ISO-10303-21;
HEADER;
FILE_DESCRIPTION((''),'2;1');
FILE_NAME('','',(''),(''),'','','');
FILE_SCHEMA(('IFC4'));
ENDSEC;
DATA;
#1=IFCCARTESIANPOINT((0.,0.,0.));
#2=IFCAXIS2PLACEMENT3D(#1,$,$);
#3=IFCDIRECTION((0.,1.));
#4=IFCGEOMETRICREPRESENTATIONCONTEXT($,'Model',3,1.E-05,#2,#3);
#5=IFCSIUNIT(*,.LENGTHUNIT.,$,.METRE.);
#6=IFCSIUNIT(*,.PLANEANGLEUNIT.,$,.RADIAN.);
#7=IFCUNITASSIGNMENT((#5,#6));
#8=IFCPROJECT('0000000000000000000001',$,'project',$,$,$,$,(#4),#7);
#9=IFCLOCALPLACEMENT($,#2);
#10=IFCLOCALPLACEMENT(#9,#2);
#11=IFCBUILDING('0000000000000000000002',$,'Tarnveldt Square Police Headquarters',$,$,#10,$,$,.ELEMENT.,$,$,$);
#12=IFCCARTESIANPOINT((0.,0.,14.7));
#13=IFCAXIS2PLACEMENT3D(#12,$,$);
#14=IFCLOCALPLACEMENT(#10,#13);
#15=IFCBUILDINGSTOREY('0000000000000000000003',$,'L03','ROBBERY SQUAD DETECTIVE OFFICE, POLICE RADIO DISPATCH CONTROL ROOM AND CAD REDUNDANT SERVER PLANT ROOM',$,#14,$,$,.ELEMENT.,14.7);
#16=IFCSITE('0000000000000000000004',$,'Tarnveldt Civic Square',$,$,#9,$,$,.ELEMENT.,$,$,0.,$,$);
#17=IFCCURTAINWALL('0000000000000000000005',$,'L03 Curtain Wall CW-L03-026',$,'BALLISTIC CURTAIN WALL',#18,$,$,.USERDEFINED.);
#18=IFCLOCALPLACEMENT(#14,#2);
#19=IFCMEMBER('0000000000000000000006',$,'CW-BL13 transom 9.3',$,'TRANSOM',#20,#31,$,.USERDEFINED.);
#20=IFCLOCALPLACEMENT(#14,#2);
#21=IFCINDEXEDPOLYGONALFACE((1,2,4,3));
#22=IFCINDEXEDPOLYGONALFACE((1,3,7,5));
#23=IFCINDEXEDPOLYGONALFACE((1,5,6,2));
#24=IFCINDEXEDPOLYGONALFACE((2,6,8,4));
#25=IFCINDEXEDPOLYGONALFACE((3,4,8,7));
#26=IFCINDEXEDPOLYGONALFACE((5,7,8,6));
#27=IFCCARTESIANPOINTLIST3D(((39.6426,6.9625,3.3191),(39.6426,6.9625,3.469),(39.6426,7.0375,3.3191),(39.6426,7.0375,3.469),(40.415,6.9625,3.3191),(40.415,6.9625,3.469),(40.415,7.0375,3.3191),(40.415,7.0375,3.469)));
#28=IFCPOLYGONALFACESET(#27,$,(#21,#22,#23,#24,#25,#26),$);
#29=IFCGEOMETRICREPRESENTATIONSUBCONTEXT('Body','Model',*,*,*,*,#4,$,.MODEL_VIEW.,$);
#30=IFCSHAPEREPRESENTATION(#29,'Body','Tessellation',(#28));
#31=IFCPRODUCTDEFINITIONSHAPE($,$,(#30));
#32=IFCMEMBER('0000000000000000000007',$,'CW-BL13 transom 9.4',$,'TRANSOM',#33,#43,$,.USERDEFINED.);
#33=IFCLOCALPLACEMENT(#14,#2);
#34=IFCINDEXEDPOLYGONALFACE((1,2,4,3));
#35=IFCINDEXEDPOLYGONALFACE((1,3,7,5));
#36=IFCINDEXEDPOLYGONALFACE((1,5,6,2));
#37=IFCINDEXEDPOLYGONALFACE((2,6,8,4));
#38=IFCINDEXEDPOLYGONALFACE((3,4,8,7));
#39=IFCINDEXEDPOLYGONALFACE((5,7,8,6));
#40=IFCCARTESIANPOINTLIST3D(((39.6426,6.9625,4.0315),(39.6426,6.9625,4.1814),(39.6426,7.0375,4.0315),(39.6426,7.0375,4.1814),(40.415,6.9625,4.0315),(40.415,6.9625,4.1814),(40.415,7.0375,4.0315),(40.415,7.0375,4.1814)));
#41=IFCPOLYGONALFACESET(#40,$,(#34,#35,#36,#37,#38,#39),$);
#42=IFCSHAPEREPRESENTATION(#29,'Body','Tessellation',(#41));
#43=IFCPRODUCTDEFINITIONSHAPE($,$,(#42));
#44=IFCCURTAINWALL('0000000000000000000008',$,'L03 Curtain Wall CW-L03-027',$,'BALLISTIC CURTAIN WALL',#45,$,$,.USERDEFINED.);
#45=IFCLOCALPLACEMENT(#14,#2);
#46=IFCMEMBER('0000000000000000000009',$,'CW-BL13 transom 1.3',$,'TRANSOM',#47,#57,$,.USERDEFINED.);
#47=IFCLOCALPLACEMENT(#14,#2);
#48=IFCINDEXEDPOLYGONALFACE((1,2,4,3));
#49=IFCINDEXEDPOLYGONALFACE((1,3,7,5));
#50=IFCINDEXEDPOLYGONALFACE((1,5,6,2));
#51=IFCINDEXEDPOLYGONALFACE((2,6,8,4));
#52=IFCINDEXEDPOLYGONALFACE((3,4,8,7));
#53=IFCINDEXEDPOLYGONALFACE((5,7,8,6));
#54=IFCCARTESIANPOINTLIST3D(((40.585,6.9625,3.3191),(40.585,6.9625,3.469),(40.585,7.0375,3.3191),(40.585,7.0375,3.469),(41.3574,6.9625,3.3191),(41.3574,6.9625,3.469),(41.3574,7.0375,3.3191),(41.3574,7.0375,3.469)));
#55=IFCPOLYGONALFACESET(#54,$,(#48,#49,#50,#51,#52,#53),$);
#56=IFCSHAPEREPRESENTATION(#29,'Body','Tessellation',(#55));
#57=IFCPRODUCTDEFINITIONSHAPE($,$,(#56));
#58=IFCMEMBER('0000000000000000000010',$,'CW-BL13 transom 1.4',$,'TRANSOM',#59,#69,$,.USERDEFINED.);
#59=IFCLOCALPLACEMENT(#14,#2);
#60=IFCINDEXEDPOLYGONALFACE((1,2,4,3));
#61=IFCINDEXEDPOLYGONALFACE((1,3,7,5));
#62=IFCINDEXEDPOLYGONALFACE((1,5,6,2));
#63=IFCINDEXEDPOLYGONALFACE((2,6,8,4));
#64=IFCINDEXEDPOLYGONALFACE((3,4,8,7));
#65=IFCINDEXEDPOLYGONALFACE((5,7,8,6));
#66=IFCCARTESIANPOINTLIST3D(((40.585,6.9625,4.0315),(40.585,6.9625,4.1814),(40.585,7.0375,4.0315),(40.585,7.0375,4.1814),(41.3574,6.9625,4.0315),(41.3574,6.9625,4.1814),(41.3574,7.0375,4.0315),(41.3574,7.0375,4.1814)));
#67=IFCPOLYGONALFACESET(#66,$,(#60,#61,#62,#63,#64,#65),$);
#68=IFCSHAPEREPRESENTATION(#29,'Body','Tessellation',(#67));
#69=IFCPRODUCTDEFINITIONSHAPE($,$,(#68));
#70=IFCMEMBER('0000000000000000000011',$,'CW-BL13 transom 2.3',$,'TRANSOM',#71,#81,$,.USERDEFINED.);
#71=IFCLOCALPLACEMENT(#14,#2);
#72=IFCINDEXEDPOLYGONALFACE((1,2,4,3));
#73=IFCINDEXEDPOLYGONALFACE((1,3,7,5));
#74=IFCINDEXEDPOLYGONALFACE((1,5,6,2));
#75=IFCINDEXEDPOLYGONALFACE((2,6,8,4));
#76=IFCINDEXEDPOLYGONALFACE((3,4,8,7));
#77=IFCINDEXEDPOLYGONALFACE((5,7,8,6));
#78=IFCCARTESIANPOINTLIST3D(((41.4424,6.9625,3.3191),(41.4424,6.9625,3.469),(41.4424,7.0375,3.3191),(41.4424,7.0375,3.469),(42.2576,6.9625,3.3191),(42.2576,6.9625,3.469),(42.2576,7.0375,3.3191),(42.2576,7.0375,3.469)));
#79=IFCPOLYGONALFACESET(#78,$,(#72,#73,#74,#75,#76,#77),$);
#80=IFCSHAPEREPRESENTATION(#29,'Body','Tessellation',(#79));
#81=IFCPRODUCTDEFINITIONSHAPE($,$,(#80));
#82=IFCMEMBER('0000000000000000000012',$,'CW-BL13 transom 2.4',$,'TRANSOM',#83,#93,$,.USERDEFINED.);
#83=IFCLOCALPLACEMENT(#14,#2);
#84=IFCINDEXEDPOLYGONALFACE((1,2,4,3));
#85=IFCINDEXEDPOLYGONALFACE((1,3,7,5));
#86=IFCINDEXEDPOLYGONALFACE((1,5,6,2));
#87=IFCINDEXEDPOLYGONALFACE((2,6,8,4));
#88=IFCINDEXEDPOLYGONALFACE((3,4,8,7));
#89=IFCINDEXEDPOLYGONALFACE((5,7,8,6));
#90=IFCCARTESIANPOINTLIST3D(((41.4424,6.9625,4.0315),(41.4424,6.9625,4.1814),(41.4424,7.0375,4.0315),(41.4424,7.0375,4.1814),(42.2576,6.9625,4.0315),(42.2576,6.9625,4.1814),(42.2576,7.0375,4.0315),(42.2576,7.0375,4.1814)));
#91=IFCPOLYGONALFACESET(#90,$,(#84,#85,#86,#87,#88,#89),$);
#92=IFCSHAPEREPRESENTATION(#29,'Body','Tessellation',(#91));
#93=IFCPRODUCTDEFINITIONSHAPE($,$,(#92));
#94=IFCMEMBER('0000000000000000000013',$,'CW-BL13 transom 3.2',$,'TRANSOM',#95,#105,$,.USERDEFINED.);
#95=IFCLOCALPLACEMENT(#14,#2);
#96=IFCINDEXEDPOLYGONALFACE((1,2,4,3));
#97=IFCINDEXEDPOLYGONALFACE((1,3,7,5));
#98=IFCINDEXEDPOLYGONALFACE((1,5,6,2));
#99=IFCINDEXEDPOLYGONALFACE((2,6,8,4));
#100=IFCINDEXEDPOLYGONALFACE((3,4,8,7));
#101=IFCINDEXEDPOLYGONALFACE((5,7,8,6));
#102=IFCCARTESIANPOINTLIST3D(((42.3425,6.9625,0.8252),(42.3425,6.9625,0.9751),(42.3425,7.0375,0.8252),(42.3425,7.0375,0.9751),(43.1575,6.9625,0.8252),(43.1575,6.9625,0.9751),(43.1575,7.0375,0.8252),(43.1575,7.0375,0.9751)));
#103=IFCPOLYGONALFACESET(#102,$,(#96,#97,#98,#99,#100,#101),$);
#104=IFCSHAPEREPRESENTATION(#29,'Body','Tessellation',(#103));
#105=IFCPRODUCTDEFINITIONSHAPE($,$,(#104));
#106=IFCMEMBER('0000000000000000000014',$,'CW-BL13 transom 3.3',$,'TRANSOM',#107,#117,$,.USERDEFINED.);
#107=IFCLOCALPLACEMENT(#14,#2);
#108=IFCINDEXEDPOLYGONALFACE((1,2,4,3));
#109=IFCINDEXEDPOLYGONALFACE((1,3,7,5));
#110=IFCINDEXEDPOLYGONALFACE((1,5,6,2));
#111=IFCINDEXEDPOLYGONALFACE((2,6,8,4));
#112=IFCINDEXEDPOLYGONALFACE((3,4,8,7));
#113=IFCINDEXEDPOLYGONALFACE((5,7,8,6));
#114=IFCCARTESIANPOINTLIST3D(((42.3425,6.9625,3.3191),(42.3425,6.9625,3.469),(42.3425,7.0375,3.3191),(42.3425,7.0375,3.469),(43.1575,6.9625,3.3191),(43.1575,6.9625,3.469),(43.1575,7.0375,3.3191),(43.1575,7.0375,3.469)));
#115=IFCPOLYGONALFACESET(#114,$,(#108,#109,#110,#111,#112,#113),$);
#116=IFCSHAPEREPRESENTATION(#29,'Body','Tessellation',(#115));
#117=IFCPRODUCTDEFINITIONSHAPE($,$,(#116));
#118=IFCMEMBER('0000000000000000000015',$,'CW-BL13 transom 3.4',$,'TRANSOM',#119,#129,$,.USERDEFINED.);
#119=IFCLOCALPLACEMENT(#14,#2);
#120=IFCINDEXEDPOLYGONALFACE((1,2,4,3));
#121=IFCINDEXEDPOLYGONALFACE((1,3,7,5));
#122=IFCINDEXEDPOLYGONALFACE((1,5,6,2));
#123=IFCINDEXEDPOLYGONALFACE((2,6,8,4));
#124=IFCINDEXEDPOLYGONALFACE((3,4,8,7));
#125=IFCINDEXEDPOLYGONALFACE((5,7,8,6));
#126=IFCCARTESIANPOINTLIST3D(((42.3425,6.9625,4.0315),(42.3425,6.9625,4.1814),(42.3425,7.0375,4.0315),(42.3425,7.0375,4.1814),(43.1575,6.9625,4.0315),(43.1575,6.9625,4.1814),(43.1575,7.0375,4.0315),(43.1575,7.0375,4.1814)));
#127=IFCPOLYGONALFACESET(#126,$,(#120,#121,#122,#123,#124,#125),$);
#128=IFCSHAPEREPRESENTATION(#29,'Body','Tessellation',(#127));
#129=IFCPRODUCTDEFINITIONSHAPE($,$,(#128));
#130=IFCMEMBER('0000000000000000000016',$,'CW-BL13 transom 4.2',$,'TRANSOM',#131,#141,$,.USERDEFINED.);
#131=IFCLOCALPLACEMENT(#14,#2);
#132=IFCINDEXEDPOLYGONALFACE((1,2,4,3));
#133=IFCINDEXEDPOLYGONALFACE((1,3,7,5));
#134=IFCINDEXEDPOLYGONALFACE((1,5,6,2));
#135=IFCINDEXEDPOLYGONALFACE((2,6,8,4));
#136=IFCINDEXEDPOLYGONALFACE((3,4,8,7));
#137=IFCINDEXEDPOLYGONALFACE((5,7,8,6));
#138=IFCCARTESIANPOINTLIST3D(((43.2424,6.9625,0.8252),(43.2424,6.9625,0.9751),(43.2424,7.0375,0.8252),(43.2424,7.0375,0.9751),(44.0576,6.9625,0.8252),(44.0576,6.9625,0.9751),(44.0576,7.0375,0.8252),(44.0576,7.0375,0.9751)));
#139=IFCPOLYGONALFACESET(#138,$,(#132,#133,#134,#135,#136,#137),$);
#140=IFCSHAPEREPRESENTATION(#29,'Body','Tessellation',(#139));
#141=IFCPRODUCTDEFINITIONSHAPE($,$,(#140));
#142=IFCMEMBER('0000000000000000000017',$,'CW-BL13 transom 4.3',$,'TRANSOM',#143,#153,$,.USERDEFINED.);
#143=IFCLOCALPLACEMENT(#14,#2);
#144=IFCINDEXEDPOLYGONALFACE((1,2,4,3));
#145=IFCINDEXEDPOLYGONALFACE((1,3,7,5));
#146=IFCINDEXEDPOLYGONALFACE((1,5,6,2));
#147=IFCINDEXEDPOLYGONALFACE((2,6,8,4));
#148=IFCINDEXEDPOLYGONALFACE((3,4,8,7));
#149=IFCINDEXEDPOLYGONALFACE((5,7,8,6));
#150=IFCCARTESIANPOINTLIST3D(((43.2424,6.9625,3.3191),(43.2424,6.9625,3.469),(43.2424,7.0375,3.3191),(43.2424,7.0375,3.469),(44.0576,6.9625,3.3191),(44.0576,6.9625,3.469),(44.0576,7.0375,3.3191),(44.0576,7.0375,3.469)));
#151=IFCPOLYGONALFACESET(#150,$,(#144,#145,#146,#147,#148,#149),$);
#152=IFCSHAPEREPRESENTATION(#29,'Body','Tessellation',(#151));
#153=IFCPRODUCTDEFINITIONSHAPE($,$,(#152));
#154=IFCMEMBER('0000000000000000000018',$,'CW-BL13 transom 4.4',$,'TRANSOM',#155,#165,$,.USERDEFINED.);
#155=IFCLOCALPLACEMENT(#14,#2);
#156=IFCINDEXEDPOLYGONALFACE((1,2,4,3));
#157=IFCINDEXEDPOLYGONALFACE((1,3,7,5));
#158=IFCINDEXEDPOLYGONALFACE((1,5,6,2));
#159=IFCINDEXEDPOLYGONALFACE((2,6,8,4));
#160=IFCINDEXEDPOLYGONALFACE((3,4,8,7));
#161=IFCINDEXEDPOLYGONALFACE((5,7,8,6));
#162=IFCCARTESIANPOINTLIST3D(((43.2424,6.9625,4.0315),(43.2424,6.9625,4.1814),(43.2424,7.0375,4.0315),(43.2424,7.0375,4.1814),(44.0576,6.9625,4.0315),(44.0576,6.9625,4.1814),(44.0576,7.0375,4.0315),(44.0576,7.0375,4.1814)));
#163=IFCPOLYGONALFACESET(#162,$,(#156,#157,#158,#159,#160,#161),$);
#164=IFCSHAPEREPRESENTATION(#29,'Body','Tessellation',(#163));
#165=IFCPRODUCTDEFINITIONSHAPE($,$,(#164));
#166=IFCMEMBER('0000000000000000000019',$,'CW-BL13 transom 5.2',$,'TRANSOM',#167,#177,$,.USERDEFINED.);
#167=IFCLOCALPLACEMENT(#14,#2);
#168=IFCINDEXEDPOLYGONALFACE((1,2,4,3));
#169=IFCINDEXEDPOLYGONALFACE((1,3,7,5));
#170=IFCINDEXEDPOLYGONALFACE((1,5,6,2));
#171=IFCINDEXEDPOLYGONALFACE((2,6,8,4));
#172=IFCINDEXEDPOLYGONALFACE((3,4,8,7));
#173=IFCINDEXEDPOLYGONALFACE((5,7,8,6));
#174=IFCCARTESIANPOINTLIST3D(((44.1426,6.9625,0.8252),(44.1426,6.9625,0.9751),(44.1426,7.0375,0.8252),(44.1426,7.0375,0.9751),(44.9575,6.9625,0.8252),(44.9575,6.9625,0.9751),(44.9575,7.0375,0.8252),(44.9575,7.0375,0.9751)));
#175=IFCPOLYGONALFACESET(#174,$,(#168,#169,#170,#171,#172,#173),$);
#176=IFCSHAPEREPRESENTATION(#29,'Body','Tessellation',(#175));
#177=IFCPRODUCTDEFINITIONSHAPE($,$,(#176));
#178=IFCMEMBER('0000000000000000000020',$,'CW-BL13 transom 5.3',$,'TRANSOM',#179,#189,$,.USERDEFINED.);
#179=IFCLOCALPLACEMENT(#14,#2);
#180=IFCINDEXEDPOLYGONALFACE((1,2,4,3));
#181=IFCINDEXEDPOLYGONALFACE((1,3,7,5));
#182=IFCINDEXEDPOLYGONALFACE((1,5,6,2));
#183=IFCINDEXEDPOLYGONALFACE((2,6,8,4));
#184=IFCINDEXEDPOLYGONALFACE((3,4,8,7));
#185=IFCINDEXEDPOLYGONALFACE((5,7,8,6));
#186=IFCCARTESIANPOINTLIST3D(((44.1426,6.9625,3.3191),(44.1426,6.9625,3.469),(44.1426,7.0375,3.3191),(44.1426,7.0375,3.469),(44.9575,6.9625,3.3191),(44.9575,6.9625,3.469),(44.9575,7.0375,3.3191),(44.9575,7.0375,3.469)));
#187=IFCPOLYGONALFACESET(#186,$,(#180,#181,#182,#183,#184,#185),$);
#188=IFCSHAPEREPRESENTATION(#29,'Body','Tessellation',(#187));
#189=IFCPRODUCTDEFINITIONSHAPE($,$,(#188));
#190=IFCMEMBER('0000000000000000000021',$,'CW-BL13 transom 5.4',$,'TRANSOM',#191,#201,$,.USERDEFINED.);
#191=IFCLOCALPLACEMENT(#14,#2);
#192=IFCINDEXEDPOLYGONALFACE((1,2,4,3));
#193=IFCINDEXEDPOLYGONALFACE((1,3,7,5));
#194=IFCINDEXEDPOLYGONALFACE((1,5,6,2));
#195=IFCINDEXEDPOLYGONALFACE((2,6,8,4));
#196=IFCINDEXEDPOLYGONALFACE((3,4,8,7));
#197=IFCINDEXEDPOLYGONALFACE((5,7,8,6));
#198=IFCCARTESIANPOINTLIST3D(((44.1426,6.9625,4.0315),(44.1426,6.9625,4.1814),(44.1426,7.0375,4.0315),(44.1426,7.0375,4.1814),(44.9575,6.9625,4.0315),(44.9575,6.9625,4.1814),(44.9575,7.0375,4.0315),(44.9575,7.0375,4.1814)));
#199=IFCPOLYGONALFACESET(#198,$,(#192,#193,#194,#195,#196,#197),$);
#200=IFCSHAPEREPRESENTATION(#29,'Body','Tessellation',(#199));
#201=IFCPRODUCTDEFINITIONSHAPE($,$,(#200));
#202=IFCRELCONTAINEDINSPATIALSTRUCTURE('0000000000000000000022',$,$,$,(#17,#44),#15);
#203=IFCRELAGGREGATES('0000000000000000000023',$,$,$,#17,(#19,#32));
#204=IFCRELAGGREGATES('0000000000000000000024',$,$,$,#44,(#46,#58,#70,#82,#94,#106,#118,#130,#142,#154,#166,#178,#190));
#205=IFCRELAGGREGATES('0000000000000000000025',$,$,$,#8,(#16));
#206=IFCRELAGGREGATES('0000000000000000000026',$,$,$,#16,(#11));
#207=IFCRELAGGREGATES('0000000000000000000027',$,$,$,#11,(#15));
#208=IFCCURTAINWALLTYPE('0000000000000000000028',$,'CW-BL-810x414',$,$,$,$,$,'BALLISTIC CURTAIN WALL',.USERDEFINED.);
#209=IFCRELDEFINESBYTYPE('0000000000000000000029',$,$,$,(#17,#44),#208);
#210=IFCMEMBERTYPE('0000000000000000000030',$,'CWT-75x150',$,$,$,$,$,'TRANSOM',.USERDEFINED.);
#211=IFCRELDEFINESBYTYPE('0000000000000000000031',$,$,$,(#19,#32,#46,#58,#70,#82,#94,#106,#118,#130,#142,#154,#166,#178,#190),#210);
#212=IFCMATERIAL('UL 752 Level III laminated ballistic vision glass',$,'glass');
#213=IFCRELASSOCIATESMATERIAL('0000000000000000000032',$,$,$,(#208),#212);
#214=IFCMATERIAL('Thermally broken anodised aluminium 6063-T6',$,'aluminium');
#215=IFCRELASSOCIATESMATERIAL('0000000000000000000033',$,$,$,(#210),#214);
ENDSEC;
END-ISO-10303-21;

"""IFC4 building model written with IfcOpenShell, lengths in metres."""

from ifc_helpers import new_model, si_unit, direction, frame, origin, origin_2d, place, context, subcontext, project, spatial, rectangle, extrude, material, material_profile, profile_set, type_object, element, aggregate, save


model = new_model("IFC4")

# Units and contexts
model_context = context("Model", 3, precision=1e-05, world=origin(), true_north=direction((0.0, 1.0)))
body_context = subcontext(model_context, "Body", "Model", "MODEL_VIEW")
ifc_project = project(units=[si_unit("LENGTHUNIT", "METRE"), si_unit("PLANEANGLEUNIT", "RADIAN")], contexts=[model_context])

# Site, building, storey
site_placement = place(None, origin())
site = spatial("IfcSite", under=ifc_project, at=site_placement, Name="Tarnveldt Civic Square", CompositionType="ELEMENT", RefElevation=0.0)
building_placement = place(site_placement, origin())
building = spatial("IfcBuilding", under=site, at=building_placement, Name="Tarnveldt Square Police Headquarters", CompositionType="ELEMENT")
storey_placement = place(building_placement, frame((0.0, 0.0, 14.7)))
storey = spatial("IfcBuildingStorey", under=building, at=storey_placement, Name="L03", Description="ROBBERY SQUAD DETECTIVE OFFICE, POLICE RADIO DISPATCH CONTROL ROOM AND CAD REDUNDANT SERVER PLANT ROOM", CompositionType="ELEMENT", Elevation=14.7)

# Curtain walls, members
ifc_material_1 = material(Name="UL 752 Level III laminated ballistic vision glass", Category="glass")
curtain_wall_type = type_object("IfcCurtainWallType", Name="CW-BL-810x414", ElementType="BALLISTIC CURTAIN WALL", PredefinedType="USERDEFINED", material=ifc_material_1)
curtain_wall_1_placement = place(storey_placement, origin())
curtain_wall_1 = element("IfcCurtainWall", 1, at=curtain_wall_1_placement, inside=storey, type_object=curtain_wall_type, Name="L03 Curtain Wall CW-L03-026", ObjectType="BALLISTIC CURTAIN WALL", PredefinedType="USERDEFINED")
ifc_material_2 = material(Name="Thermally broken anodised aluminium 6063-T6", Category="aluminium")
ifc_material_profile_1 = material_profile(ifc_material_2, rectangle(XDim=0.075, YDim=0.1499, at=origin_2d()), Name="CW-T75x150")
ifc_profile_set_1 = profile_set([ifc_material_profile_1], Name="Thermally broken anodised aluminium 6063-T6")
member_type_1 = type_object("IfcMemberType", Name="CWT-75x150", ElementType="TRANSOM", PredefinedType="USERDEFINED", material=ifc_profile_set_1)
member_1_placement = place(storey_placement, frame((39.6426, 7.0, 3.394), z_axis=(1.0, 0.0, 0.0), x_axis=(0.0, 1.0, 0.0)))
member_1 = element("IfcMember", 2, at=member_1_placement, type_object=member_type_1, Name="CW-BL13 transom 9.3", ObjectType="TRANSOM", PredefinedType="USERDEFINED", context=body_context, shape_type="SweptSolid", body=[
    extrude(rectangle(XDim=0.075, YDim=0.1499, at=origin_2d()), origin(), (0.0, 0.0, 1.0), 0.7725),
])
member_2_placement = place(storey_placement, frame((39.6426, 7.0, 4.1064), z_axis=(1.0, 0.0, 0.0), x_axis=(0.0, 1.0, 0.0)))
member_2 = element("IfcMember", 3, at=member_2_placement, type_object=member_type_1, Name="CW-BL13 transom 9.4", ObjectType="TRANSOM", PredefinedType="USERDEFINED", context=body_context, shape_type="SweptSolid", body=[
    extrude(rectangle(XDim=0.075, YDim=0.1499, at=origin_2d()), origin(), (0.0, 0.0, 1.0), 0.7725),
])
curtain_wall_2_placement = place(storey_placement, origin())
curtain_wall_2 = element("IfcCurtainWall", 4, at=curtain_wall_2_placement, inside=storey, type_object=curtain_wall_type, Name="L03 Curtain Wall CW-L03-027", ObjectType="BALLISTIC CURTAIN WALL", PredefinedType="USERDEFINED")
member_3_placement = place(storey_placement, frame((40.585, 7.0, 3.394), z_axis=(1.0, 0.0, 0.0), x_axis=(0.0, 1.0, 0.0)))
member_3 = element("IfcMember", 5, at=member_3_placement, type_object=member_type_1, Name="CW-BL13 transom 1.3", ObjectType="TRANSOM", PredefinedType="USERDEFINED", context=body_context, shape_type="SweptSolid", body=[
    extrude(rectangle(XDim=0.075, YDim=0.1499, at=origin_2d()), origin(), (0.0, 0.0, 1.0), 0.7725),
])
member_4_placement = place(storey_placement, frame((40.585, 7.0, 4.1064), z_axis=(1.0, 0.0, 0.0), x_axis=(0.0, 1.0, 0.0)))
member_4 = element("IfcMember", 6, at=member_4_placement, type_object=member_type_1, Name="CW-BL13 transom 1.4", ObjectType="TRANSOM", PredefinedType="USERDEFINED", context=body_context, shape_type="SweptSolid", body=[
    extrude(rectangle(XDim=0.075, YDim=0.1499, at=origin_2d()), origin(), (0.0, 0.0, 1.0), 0.7725),
])
member_5_placement = place(storey_placement, frame((41.4424, 7.0, 3.394), z_axis=(1.0, 0.0, 0.0), x_axis=(0.0, 1.0, 0.0)))
member_5 = element("IfcMember", 7, at=member_5_placement, type_object=member_type_1, Name="CW-BL13 transom 2.3", ObjectType="TRANSOM", PredefinedType="USERDEFINED", context=body_context, shape_type="SweptSolid", body=[
    extrude(rectangle(XDim=0.075, YDim=0.1499, at=origin_2d()), origin(), (0.0, 0.0, 1.0), 0.8152),
])
member_6_placement = place(storey_placement, frame((41.4424, 7.0, 4.1064), z_axis=(1.0, 0.0, 0.0), x_axis=(0.0, 1.0, 0.0)))
member_6 = element("IfcMember", 8, at=member_6_placement, type_object=member_type_1, Name="CW-BL13 transom 2.4", ObjectType="TRANSOM", PredefinedType="USERDEFINED", context=body_context, shape_type="SweptSolid", body=[
    extrude(rectangle(XDim=0.075, YDim=0.1499, at=origin_2d()), origin(), (0.0, 0.0, 1.0), 0.8152),
])
member_7_placement = place(storey_placement, frame((42.3425, 7.0, 0.9001), z_axis=(1.0, 0.0, 0.0), x_axis=(0.0, 1.0, 0.0)))
member_7 = element("IfcMember", 9, at=member_7_placement, type_object=member_type_1, Name="CW-BL13 transom 3.2", ObjectType="TRANSOM", PredefinedType="USERDEFINED", context=body_context, shape_type="SweptSolid", body=[
    extrude(rectangle(XDim=0.075, YDim=0.1499, at=origin_2d()), origin(), (0.0, 0.0, 1.0), 0.8149),
])
member_8_placement = place(storey_placement, frame((42.3425, 7.0, 3.394), z_axis=(1.0, 0.0, 0.0), x_axis=(0.0, 1.0, 0.0)))
member_8 = element("IfcMember", 10, at=member_8_placement, type_object=member_type_1, Name="CW-BL13 transom 3.3", ObjectType="TRANSOM", PredefinedType="USERDEFINED", context=body_context, shape_type="SweptSolid", body=[
    extrude(rectangle(XDim=0.075, YDim=0.1499, at=origin_2d()), origin(), (0.0, 0.0, 1.0), 0.8149),
])
member_9_placement = place(storey_placement, frame((42.3425, 7.0, 4.1064), z_axis=(1.0, 0.0, 0.0), x_axis=(0.0, 1.0, 0.0)))
member_9 = element("IfcMember", 11, at=member_9_placement, type_object=member_type_1, Name="CW-BL13 transom 3.4", ObjectType="TRANSOM", PredefinedType="USERDEFINED", context=body_context, shape_type="SweptSolid", body=[
    extrude(rectangle(XDim=0.075, YDim=0.1499, at=origin_2d()), origin(), (0.0, 0.0, 1.0), 0.8149),
])
member_10_placement = place(storey_placement, frame((43.2424, 7.0, 0.9001), z_axis=(1.0, 0.0, 0.0), x_axis=(0.0, 1.0, 0.0)))
member_10 = element("IfcMember", 12, at=member_10_placement, type_object=member_type_1, Name="CW-BL13 transom 4.2", ObjectType="TRANSOM", PredefinedType="USERDEFINED", context=body_context, shape_type="SweptSolid", body=[
    extrude(rectangle(XDim=0.075, YDim=0.1499, at=origin_2d()), origin(), (0.0, 0.0, 1.0), 0.8152),
])
member_11_placement = place(storey_placement, frame((43.2424, 7.0, 3.394), z_axis=(1.0, 0.0, 0.0), x_axis=(0.0, 1.0, 0.0)))
member_11 = element("IfcMember", 13, at=member_11_placement, type_object=member_type_1, Name="CW-BL13 transom 4.3", ObjectType="TRANSOM", PredefinedType="USERDEFINED", context=body_context, shape_type="SweptSolid", body=[
    extrude(rectangle(XDim=0.075, YDim=0.1499, at=origin_2d()), origin(), (0.0, 0.0, 1.0), 0.8152),
])
member_12_placement = place(storey_placement, frame((43.2424, 7.0, 4.1064), z_axis=(1.0, 0.0, 0.0), x_axis=(0.0, 1.0, 0.0)))
member_12 = element("IfcMember", 14, at=member_12_placement, type_object=member_type_1, Name="CW-BL13 transom 4.4", ObjectType="TRANSOM", PredefinedType="USERDEFINED", context=body_context, shape_type="SweptSolid", body=[
    extrude(rectangle(XDim=0.075, YDim=0.1499, at=origin_2d()), origin(), (0.0, 0.0, 1.0), 0.8152),
])
member_13_placement = place(storey_placement, frame((44.1426, 7.0, 0.9001), z_axis=(1.0, 0.0, 0.0), x_axis=(0.0, 1.0, 0.0)))
member_13 = element("IfcMember", 15, at=member_13_placement, type_object=member_type_1, Name="CW-BL13 transom 5.2", ObjectType="TRANSOM", PredefinedType="USERDEFINED", context=body_context, shape_type="SweptSolid", body=[
    extrude(rectangle(XDim=0.075, YDim=0.1499, at=origin_2d()), origin(), (0.0, 0.0, 1.0), 0.8149),
])
member_14_placement = place(storey_placement, frame((44.1426, 7.0, 3.394), z_axis=(1.0, 0.0, 0.0), x_axis=(0.0, 1.0, 0.0)))
member_14 = element("IfcMember", 16, at=member_14_placement, type_object=member_type_1, Name="CW-BL13 transom 5.3", ObjectType="TRANSOM", PredefinedType="USERDEFINED", context=body_context, shape_type="SweptSolid", body=[
    extrude(rectangle(XDim=0.075, YDim=0.1499, at=origin_2d()), origin(), (0.0, 0.0, 1.0), 0.8149),
])
member_15_placement = place(storey_placement, frame((44.1426, 7.0, 4.1064), z_axis=(1.0, 0.0, 0.0), x_axis=(0.0, 1.0, 0.0)))
member_15 = element("IfcMember", 17, at=member_15_placement, type_object=member_type_1, Name="CW-BL13 transom 5.4", ObjectType="TRANSOM", PredefinedType="USERDEFINED", context=body_context, shape_type="SweptSolid", body=[
    extrude(rectangle(XDim=0.075, YDim=0.1499, at=origin_2d()), origin(), (0.0, 0.0, 1.0), 0.8149),
])

aggregate(curtain_wall_1, [member_1, member_2])
aggregate(curtain_wall_2, [member_3, member_4, member_5, member_6, member_7, member_8, member_9, member_10, member_11, member_12, member_13, member_14, member_15])

save(model, "model.ifc")
